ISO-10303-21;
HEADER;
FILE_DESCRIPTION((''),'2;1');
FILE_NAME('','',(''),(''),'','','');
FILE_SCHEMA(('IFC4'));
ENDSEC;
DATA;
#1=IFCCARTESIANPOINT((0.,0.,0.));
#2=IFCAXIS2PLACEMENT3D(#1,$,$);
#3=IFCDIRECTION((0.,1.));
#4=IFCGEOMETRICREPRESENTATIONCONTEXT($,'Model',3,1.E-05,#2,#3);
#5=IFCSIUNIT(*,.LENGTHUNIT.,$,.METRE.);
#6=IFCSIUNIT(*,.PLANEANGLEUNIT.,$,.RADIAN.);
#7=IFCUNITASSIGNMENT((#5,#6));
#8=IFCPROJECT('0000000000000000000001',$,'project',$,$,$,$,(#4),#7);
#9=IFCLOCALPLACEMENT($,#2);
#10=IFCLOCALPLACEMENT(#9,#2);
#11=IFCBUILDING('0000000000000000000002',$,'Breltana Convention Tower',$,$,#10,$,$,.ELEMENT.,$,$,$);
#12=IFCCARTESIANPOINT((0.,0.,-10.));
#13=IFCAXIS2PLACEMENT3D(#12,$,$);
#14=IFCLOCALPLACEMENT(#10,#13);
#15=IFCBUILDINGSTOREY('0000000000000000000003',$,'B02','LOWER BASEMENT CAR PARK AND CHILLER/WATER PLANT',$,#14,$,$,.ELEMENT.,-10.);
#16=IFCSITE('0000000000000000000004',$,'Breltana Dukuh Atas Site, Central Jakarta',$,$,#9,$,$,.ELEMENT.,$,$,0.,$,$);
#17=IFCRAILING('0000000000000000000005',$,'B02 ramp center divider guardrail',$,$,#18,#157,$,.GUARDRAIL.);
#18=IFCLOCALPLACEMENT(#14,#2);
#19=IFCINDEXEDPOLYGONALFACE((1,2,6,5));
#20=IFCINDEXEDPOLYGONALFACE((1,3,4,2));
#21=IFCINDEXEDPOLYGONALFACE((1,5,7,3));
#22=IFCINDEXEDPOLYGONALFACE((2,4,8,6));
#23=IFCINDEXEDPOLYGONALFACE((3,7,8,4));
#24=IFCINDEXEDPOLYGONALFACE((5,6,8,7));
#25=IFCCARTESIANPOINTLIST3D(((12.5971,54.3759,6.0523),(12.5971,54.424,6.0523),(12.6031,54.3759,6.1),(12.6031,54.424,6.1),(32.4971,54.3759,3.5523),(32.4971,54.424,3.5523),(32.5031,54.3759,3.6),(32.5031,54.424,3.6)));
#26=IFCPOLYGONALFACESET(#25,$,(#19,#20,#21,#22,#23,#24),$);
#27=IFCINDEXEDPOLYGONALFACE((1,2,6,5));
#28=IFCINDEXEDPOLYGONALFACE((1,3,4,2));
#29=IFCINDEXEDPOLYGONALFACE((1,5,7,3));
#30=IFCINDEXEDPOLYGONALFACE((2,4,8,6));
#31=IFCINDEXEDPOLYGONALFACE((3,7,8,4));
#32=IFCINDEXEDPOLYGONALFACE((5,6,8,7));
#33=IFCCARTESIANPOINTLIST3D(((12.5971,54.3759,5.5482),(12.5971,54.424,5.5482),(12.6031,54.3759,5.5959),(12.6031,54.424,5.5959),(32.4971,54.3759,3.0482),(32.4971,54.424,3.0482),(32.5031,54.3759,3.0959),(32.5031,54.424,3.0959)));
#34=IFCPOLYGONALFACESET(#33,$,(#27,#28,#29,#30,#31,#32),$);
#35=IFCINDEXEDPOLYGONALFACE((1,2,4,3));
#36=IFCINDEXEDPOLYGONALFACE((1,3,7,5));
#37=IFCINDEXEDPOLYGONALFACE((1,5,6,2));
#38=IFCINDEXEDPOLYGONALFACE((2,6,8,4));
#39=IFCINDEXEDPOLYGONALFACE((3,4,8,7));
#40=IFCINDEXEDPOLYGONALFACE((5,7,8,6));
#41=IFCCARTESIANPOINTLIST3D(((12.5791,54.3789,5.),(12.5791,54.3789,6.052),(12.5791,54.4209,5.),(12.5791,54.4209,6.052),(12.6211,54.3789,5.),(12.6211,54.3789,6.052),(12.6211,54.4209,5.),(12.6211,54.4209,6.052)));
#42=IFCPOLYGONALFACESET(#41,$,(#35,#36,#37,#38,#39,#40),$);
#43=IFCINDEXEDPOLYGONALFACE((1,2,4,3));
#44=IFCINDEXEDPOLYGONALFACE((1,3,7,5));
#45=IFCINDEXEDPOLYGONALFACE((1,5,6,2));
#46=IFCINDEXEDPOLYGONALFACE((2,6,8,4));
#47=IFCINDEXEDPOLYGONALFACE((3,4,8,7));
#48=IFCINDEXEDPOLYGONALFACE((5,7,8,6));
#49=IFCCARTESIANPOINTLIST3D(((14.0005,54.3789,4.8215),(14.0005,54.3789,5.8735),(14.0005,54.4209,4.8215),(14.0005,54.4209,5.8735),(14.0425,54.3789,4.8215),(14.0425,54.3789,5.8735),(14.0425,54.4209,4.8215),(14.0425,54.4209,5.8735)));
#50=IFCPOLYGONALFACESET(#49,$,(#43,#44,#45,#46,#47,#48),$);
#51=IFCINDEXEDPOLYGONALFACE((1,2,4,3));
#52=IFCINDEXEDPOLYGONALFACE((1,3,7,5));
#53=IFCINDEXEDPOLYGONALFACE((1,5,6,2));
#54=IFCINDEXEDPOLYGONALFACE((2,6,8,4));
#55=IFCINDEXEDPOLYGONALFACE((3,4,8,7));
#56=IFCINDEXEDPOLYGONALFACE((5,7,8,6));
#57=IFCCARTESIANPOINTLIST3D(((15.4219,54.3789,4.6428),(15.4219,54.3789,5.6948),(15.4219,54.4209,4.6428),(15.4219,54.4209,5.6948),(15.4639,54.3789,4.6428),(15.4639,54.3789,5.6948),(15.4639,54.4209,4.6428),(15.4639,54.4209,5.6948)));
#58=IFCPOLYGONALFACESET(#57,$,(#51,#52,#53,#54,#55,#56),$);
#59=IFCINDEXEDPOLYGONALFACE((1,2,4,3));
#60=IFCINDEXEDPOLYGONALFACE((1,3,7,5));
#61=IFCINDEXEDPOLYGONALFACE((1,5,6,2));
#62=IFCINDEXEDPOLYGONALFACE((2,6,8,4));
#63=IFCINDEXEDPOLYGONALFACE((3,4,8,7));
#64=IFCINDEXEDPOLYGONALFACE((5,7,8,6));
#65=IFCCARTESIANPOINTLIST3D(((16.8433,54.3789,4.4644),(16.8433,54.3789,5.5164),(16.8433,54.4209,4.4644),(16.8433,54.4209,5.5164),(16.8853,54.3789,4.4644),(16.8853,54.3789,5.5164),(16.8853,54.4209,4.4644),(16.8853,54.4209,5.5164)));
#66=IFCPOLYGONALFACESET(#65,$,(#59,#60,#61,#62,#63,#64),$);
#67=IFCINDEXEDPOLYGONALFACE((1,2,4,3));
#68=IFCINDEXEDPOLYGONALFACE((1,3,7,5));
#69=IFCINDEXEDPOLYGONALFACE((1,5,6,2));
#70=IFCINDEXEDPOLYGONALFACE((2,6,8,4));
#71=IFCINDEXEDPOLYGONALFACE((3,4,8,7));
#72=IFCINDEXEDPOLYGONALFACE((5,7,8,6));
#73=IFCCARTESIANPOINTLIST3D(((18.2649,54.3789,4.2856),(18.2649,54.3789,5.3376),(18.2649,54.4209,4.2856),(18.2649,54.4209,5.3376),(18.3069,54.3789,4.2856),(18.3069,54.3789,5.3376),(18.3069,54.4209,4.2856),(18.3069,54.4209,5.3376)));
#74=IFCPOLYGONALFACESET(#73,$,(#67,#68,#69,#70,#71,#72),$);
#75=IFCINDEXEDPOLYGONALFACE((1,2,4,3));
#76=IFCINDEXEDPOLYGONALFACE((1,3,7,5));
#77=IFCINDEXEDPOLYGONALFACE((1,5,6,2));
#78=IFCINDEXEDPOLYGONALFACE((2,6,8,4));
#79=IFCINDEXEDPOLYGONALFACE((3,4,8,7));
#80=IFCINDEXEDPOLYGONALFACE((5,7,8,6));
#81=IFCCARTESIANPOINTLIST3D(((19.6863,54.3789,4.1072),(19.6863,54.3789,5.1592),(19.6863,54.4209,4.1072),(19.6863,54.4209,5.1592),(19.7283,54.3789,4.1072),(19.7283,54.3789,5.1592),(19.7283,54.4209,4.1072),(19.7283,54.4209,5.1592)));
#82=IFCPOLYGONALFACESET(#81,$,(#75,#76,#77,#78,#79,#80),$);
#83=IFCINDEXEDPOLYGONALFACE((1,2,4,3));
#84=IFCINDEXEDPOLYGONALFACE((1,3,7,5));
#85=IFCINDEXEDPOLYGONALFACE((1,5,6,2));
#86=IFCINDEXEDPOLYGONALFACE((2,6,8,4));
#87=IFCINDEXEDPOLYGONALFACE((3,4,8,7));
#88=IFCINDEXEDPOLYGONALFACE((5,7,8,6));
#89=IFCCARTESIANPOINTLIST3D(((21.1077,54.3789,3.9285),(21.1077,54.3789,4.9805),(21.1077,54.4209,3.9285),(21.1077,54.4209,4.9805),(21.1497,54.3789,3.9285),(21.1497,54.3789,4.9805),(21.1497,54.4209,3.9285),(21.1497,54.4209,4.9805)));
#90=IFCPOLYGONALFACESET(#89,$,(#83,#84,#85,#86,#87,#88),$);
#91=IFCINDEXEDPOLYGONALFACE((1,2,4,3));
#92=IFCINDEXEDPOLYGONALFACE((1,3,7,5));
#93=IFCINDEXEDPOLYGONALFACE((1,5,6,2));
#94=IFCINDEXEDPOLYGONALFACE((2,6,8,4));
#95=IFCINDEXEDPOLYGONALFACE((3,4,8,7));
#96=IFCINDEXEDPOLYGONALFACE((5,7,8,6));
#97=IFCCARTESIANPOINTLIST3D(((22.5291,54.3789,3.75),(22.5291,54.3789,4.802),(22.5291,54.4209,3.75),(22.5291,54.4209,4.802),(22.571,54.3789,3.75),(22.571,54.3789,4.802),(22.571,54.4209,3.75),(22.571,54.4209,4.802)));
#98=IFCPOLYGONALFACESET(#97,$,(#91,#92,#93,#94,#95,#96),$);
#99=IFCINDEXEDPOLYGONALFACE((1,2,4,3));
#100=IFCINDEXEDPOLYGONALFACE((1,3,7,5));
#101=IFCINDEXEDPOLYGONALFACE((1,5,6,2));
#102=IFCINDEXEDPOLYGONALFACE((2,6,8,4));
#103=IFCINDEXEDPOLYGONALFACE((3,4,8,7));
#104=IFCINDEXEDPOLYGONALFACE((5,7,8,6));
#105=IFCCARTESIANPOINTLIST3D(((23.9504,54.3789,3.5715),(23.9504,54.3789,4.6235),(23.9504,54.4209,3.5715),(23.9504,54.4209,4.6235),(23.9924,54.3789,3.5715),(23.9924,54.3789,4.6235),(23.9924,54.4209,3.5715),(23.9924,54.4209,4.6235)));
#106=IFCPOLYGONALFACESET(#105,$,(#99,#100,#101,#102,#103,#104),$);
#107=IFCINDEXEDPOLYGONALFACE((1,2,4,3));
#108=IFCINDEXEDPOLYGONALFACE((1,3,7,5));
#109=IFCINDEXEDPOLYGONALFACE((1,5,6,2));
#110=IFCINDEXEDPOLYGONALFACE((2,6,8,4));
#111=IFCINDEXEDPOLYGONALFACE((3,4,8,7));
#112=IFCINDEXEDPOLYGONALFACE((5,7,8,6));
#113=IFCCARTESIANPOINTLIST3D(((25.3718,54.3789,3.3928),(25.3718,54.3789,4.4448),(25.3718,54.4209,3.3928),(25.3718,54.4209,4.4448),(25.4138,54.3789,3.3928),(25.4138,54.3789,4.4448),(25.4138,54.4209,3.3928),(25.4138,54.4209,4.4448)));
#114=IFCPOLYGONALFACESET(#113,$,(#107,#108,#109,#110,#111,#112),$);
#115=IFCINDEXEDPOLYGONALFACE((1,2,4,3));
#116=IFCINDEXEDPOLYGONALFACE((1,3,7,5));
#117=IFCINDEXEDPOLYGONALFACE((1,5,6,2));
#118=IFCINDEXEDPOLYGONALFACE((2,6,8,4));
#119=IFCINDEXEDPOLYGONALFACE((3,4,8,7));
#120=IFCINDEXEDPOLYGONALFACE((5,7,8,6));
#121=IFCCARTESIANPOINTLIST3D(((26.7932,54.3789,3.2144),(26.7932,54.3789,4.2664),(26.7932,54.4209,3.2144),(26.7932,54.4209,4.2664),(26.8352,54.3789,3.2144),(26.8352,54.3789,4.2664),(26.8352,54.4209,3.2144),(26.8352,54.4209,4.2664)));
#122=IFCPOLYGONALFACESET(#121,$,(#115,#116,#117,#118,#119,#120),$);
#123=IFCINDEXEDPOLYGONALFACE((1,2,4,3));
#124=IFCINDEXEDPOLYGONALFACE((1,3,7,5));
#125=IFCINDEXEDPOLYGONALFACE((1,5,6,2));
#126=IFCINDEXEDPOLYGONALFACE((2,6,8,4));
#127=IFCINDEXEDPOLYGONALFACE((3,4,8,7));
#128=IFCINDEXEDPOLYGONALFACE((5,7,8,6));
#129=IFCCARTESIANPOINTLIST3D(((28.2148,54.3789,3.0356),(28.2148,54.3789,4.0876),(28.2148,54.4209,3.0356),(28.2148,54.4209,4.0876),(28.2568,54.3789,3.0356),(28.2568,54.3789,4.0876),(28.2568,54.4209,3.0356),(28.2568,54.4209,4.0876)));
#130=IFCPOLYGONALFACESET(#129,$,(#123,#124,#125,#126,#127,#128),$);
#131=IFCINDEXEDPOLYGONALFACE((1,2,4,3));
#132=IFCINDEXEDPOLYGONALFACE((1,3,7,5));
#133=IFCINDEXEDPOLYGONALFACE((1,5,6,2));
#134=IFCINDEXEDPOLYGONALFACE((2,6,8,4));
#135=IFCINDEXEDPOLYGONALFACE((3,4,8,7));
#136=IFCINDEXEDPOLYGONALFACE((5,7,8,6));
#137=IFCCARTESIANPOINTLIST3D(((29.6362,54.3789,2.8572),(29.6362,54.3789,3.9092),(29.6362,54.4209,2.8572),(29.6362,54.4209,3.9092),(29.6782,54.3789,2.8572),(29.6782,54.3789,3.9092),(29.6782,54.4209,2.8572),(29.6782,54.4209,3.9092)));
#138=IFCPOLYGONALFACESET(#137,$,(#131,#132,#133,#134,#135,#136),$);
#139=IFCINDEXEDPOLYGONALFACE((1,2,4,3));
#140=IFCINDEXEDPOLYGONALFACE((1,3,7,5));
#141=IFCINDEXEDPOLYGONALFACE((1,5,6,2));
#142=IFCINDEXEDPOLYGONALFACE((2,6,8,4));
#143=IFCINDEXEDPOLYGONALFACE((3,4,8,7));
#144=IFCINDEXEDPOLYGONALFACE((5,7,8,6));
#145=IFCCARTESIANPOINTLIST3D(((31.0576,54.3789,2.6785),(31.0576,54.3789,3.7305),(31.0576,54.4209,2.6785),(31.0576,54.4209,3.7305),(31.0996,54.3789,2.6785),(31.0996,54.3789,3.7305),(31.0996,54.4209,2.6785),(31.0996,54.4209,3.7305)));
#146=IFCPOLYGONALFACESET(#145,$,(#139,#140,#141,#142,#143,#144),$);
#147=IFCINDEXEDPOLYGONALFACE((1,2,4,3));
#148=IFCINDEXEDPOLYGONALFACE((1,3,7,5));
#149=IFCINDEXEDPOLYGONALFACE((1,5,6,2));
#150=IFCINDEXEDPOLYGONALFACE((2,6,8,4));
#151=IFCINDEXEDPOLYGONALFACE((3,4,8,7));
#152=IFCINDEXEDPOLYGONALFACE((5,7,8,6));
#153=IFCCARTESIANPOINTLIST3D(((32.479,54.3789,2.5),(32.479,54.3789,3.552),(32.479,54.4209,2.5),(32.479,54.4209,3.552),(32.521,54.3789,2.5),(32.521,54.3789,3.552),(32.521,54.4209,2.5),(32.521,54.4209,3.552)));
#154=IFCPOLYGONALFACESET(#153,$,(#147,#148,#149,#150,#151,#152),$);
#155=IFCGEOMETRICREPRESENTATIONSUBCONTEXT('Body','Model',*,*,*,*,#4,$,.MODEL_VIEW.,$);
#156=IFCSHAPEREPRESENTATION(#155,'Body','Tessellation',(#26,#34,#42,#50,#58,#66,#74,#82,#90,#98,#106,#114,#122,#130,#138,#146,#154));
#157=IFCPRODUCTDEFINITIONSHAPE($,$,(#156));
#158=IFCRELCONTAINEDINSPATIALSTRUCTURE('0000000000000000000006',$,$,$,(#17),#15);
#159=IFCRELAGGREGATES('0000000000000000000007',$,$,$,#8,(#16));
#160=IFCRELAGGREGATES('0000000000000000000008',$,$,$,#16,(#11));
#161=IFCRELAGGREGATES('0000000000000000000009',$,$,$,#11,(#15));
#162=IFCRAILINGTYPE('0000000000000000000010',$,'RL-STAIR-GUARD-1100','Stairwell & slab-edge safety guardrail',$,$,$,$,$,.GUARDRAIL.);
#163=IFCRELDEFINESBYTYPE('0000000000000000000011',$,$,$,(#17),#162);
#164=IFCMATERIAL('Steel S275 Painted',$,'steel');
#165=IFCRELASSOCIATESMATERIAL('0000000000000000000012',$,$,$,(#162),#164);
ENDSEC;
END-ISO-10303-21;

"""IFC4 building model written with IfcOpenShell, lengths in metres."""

from ifc_helpers import new_model, si_unit, direction, frame, origin, origin_2d, place, context, subcontext, project, spatial, rectangle, extrude, material, type_object, element, save


model = new_model("IFC4")

# Units and contexts
model_context = context("Model", 3, precision=1e-05, world=origin(), true_north=direction((0.0, 1.0)))
body_context = subcontext(model_context, "Body", "Model", "MODEL_VIEW")
ifc_project = project(units=[si_unit("LENGTHUNIT", "METRE"), si_unit("PLANEANGLEUNIT", "RADIAN")], contexts=[model_context])

# Site, building, storey
site_placement = place(None, origin())
site = spatial("IfcSite", under=ifc_project, at=site_placement, Name="Breltana Dukuh Atas Site, Central Jakarta", CompositionType="ELEMENT", RefElevation=0.0)
building_placement = place(site_placement, origin())
building = spatial("IfcBuilding", under=site, at=building_placement, Name="Breltana Convention Tower", CompositionType="ELEMENT")
storey_placement = place(building_placement, frame((0.0, 0.0, -10.0)))
storey = spatial("IfcBuildingStorey", under=building, at=storey_placement, Name="B02", Description="LOWER BASEMENT CAR PARK AND CHILLER/WATER PLANT", CompositionType="ELEMENT", Elevation=-10.0)

# Railing
ifc_material_1 = material(Name="Steel S275 Painted", Category="steel")
railing_type = type_object("IfcRailingType", Name="RL-STAIR-GUARD-1100", Description="Stairwell & slab-edge safety guardrail", PredefinedType="GUARDRAIL", material=ifc_material_1)
railing_1_placement = place(storey_placement, frame((12.6001, 54.3999, 5.0)))
element("IfcRailing", 1, at=railing_1_placement, inside=storey, type_object=railing_type, Name="B02 ramp center divider guardrail", PredefinedType="GUARDRAIL", context=body_context, shape_type="SweptSolid", body=[
    extrude(rectangle(XDim=0.0481, YDim=0.0481, at=origin_2d()), frame((0.0, 0.0, 1.0762), z_axis=(0.992201, 0.0, -0.124649), x_axis=(0.0, 1.0, 0.0)), (0.0, 0.0, 1.0), 20.0564),
    extrude(rectangle(XDim=0.0481, YDim=0.0481, at=origin_2d()), frame((0.0, 0.0, 0.572), z_axis=(0.992201, 0.0, -0.124649), x_axis=(0.0, 1.0, 0.0)), (0.0, 0.0, 1.0), 20.0564),
    extrude(rectangle(XDim=0.042, YDim=0.042, at=origin_2d()), origin(), (0.0, 0.0, 1.0), 1.052),
    extrude(rectangle(XDim=0.042, YDim=0.042, at=origin_2d()), frame((1.4214, 0.0, -0.1785)), (0.0, 0.0, 1.0), 1.052),
    extrude(rectangle(XDim=0.042, YDim=0.042, at=origin_2d()), frame((2.8428, 0.0, -0.3572)), (0.0, 0.0, 1.0), 1.052),
    extrude(rectangle(XDim=0.042, YDim=0.042, at=origin_2d()), frame((4.2642, 0.0, -0.5356)), (0.0, 0.0, 1.0), 1.052),
    extrude(rectangle(XDim=0.042, YDim=0.042, at=origin_2d()), frame((5.6858, 0.0, -0.7144)), (0.0, 0.0, 1.0), 1.052),
    extrude(rectangle(XDim=0.042, YDim=0.042, at=origin_2d()), frame((7.1072, 0.0, -0.8928)), (0.0, 0.0, 1.0), 1.052),
    extrude(rectangle(XDim=0.042, YDim=0.042, at=origin_2d()), frame((8.5286, 0.0, -1.0715)), (0.0, 0.0, 1.0), 1.052),
    extrude(rectangle(XDim=0.042, YDim=0.042, at=origin_2d()), frame((9.95, 0.0, -1.25)), (0.0, 0.0, 1.0), 1.052),
    extrude(rectangle(XDim=0.042, YDim=0.042, at=origin_2d()), frame((11.3713, 0.0, -1.4285)), (0.0, 0.0, 1.0), 1.052),
    extrude(rectangle(XDim=0.042, YDim=0.042, at=origin_2d()), frame((12.7927, 0.0, -1.6072)), (0.0, 0.0, 1.0), 1.052),
    extrude(rectangle(XDim=0.042, YDim=0.042, at=origin_2d()), frame((14.2141, 0.0, -1.7856)), (0.0, 0.0, 1.0), 1.052),
    extrude(rectangle(XDim=0.042, YDim=0.042, at=origin_2d()), frame((15.6357, 0.0, -1.9644)), (0.0, 0.0, 1.0), 1.052),
    extrude(rectangle(XDim=0.042, YDim=0.042, at=origin_2d()), frame((17.0571, 0.0, -2.1428)), (0.0, 0.0, 1.0), 1.052),
    extrude(rectangle(XDim=0.042, YDim=0.042, at=origin_2d()), frame((18.4785, 0.0, -2.3215)), (0.0, 0.0, 1.0), 1.052),
    extrude(rectangle(XDim=0.042, YDim=0.042, at=origin_2d()), frame((19.8999, 0.0, -2.5)), (0.0, 0.0, 1.0), 1.052),
])

save(model, "model.ifc")
